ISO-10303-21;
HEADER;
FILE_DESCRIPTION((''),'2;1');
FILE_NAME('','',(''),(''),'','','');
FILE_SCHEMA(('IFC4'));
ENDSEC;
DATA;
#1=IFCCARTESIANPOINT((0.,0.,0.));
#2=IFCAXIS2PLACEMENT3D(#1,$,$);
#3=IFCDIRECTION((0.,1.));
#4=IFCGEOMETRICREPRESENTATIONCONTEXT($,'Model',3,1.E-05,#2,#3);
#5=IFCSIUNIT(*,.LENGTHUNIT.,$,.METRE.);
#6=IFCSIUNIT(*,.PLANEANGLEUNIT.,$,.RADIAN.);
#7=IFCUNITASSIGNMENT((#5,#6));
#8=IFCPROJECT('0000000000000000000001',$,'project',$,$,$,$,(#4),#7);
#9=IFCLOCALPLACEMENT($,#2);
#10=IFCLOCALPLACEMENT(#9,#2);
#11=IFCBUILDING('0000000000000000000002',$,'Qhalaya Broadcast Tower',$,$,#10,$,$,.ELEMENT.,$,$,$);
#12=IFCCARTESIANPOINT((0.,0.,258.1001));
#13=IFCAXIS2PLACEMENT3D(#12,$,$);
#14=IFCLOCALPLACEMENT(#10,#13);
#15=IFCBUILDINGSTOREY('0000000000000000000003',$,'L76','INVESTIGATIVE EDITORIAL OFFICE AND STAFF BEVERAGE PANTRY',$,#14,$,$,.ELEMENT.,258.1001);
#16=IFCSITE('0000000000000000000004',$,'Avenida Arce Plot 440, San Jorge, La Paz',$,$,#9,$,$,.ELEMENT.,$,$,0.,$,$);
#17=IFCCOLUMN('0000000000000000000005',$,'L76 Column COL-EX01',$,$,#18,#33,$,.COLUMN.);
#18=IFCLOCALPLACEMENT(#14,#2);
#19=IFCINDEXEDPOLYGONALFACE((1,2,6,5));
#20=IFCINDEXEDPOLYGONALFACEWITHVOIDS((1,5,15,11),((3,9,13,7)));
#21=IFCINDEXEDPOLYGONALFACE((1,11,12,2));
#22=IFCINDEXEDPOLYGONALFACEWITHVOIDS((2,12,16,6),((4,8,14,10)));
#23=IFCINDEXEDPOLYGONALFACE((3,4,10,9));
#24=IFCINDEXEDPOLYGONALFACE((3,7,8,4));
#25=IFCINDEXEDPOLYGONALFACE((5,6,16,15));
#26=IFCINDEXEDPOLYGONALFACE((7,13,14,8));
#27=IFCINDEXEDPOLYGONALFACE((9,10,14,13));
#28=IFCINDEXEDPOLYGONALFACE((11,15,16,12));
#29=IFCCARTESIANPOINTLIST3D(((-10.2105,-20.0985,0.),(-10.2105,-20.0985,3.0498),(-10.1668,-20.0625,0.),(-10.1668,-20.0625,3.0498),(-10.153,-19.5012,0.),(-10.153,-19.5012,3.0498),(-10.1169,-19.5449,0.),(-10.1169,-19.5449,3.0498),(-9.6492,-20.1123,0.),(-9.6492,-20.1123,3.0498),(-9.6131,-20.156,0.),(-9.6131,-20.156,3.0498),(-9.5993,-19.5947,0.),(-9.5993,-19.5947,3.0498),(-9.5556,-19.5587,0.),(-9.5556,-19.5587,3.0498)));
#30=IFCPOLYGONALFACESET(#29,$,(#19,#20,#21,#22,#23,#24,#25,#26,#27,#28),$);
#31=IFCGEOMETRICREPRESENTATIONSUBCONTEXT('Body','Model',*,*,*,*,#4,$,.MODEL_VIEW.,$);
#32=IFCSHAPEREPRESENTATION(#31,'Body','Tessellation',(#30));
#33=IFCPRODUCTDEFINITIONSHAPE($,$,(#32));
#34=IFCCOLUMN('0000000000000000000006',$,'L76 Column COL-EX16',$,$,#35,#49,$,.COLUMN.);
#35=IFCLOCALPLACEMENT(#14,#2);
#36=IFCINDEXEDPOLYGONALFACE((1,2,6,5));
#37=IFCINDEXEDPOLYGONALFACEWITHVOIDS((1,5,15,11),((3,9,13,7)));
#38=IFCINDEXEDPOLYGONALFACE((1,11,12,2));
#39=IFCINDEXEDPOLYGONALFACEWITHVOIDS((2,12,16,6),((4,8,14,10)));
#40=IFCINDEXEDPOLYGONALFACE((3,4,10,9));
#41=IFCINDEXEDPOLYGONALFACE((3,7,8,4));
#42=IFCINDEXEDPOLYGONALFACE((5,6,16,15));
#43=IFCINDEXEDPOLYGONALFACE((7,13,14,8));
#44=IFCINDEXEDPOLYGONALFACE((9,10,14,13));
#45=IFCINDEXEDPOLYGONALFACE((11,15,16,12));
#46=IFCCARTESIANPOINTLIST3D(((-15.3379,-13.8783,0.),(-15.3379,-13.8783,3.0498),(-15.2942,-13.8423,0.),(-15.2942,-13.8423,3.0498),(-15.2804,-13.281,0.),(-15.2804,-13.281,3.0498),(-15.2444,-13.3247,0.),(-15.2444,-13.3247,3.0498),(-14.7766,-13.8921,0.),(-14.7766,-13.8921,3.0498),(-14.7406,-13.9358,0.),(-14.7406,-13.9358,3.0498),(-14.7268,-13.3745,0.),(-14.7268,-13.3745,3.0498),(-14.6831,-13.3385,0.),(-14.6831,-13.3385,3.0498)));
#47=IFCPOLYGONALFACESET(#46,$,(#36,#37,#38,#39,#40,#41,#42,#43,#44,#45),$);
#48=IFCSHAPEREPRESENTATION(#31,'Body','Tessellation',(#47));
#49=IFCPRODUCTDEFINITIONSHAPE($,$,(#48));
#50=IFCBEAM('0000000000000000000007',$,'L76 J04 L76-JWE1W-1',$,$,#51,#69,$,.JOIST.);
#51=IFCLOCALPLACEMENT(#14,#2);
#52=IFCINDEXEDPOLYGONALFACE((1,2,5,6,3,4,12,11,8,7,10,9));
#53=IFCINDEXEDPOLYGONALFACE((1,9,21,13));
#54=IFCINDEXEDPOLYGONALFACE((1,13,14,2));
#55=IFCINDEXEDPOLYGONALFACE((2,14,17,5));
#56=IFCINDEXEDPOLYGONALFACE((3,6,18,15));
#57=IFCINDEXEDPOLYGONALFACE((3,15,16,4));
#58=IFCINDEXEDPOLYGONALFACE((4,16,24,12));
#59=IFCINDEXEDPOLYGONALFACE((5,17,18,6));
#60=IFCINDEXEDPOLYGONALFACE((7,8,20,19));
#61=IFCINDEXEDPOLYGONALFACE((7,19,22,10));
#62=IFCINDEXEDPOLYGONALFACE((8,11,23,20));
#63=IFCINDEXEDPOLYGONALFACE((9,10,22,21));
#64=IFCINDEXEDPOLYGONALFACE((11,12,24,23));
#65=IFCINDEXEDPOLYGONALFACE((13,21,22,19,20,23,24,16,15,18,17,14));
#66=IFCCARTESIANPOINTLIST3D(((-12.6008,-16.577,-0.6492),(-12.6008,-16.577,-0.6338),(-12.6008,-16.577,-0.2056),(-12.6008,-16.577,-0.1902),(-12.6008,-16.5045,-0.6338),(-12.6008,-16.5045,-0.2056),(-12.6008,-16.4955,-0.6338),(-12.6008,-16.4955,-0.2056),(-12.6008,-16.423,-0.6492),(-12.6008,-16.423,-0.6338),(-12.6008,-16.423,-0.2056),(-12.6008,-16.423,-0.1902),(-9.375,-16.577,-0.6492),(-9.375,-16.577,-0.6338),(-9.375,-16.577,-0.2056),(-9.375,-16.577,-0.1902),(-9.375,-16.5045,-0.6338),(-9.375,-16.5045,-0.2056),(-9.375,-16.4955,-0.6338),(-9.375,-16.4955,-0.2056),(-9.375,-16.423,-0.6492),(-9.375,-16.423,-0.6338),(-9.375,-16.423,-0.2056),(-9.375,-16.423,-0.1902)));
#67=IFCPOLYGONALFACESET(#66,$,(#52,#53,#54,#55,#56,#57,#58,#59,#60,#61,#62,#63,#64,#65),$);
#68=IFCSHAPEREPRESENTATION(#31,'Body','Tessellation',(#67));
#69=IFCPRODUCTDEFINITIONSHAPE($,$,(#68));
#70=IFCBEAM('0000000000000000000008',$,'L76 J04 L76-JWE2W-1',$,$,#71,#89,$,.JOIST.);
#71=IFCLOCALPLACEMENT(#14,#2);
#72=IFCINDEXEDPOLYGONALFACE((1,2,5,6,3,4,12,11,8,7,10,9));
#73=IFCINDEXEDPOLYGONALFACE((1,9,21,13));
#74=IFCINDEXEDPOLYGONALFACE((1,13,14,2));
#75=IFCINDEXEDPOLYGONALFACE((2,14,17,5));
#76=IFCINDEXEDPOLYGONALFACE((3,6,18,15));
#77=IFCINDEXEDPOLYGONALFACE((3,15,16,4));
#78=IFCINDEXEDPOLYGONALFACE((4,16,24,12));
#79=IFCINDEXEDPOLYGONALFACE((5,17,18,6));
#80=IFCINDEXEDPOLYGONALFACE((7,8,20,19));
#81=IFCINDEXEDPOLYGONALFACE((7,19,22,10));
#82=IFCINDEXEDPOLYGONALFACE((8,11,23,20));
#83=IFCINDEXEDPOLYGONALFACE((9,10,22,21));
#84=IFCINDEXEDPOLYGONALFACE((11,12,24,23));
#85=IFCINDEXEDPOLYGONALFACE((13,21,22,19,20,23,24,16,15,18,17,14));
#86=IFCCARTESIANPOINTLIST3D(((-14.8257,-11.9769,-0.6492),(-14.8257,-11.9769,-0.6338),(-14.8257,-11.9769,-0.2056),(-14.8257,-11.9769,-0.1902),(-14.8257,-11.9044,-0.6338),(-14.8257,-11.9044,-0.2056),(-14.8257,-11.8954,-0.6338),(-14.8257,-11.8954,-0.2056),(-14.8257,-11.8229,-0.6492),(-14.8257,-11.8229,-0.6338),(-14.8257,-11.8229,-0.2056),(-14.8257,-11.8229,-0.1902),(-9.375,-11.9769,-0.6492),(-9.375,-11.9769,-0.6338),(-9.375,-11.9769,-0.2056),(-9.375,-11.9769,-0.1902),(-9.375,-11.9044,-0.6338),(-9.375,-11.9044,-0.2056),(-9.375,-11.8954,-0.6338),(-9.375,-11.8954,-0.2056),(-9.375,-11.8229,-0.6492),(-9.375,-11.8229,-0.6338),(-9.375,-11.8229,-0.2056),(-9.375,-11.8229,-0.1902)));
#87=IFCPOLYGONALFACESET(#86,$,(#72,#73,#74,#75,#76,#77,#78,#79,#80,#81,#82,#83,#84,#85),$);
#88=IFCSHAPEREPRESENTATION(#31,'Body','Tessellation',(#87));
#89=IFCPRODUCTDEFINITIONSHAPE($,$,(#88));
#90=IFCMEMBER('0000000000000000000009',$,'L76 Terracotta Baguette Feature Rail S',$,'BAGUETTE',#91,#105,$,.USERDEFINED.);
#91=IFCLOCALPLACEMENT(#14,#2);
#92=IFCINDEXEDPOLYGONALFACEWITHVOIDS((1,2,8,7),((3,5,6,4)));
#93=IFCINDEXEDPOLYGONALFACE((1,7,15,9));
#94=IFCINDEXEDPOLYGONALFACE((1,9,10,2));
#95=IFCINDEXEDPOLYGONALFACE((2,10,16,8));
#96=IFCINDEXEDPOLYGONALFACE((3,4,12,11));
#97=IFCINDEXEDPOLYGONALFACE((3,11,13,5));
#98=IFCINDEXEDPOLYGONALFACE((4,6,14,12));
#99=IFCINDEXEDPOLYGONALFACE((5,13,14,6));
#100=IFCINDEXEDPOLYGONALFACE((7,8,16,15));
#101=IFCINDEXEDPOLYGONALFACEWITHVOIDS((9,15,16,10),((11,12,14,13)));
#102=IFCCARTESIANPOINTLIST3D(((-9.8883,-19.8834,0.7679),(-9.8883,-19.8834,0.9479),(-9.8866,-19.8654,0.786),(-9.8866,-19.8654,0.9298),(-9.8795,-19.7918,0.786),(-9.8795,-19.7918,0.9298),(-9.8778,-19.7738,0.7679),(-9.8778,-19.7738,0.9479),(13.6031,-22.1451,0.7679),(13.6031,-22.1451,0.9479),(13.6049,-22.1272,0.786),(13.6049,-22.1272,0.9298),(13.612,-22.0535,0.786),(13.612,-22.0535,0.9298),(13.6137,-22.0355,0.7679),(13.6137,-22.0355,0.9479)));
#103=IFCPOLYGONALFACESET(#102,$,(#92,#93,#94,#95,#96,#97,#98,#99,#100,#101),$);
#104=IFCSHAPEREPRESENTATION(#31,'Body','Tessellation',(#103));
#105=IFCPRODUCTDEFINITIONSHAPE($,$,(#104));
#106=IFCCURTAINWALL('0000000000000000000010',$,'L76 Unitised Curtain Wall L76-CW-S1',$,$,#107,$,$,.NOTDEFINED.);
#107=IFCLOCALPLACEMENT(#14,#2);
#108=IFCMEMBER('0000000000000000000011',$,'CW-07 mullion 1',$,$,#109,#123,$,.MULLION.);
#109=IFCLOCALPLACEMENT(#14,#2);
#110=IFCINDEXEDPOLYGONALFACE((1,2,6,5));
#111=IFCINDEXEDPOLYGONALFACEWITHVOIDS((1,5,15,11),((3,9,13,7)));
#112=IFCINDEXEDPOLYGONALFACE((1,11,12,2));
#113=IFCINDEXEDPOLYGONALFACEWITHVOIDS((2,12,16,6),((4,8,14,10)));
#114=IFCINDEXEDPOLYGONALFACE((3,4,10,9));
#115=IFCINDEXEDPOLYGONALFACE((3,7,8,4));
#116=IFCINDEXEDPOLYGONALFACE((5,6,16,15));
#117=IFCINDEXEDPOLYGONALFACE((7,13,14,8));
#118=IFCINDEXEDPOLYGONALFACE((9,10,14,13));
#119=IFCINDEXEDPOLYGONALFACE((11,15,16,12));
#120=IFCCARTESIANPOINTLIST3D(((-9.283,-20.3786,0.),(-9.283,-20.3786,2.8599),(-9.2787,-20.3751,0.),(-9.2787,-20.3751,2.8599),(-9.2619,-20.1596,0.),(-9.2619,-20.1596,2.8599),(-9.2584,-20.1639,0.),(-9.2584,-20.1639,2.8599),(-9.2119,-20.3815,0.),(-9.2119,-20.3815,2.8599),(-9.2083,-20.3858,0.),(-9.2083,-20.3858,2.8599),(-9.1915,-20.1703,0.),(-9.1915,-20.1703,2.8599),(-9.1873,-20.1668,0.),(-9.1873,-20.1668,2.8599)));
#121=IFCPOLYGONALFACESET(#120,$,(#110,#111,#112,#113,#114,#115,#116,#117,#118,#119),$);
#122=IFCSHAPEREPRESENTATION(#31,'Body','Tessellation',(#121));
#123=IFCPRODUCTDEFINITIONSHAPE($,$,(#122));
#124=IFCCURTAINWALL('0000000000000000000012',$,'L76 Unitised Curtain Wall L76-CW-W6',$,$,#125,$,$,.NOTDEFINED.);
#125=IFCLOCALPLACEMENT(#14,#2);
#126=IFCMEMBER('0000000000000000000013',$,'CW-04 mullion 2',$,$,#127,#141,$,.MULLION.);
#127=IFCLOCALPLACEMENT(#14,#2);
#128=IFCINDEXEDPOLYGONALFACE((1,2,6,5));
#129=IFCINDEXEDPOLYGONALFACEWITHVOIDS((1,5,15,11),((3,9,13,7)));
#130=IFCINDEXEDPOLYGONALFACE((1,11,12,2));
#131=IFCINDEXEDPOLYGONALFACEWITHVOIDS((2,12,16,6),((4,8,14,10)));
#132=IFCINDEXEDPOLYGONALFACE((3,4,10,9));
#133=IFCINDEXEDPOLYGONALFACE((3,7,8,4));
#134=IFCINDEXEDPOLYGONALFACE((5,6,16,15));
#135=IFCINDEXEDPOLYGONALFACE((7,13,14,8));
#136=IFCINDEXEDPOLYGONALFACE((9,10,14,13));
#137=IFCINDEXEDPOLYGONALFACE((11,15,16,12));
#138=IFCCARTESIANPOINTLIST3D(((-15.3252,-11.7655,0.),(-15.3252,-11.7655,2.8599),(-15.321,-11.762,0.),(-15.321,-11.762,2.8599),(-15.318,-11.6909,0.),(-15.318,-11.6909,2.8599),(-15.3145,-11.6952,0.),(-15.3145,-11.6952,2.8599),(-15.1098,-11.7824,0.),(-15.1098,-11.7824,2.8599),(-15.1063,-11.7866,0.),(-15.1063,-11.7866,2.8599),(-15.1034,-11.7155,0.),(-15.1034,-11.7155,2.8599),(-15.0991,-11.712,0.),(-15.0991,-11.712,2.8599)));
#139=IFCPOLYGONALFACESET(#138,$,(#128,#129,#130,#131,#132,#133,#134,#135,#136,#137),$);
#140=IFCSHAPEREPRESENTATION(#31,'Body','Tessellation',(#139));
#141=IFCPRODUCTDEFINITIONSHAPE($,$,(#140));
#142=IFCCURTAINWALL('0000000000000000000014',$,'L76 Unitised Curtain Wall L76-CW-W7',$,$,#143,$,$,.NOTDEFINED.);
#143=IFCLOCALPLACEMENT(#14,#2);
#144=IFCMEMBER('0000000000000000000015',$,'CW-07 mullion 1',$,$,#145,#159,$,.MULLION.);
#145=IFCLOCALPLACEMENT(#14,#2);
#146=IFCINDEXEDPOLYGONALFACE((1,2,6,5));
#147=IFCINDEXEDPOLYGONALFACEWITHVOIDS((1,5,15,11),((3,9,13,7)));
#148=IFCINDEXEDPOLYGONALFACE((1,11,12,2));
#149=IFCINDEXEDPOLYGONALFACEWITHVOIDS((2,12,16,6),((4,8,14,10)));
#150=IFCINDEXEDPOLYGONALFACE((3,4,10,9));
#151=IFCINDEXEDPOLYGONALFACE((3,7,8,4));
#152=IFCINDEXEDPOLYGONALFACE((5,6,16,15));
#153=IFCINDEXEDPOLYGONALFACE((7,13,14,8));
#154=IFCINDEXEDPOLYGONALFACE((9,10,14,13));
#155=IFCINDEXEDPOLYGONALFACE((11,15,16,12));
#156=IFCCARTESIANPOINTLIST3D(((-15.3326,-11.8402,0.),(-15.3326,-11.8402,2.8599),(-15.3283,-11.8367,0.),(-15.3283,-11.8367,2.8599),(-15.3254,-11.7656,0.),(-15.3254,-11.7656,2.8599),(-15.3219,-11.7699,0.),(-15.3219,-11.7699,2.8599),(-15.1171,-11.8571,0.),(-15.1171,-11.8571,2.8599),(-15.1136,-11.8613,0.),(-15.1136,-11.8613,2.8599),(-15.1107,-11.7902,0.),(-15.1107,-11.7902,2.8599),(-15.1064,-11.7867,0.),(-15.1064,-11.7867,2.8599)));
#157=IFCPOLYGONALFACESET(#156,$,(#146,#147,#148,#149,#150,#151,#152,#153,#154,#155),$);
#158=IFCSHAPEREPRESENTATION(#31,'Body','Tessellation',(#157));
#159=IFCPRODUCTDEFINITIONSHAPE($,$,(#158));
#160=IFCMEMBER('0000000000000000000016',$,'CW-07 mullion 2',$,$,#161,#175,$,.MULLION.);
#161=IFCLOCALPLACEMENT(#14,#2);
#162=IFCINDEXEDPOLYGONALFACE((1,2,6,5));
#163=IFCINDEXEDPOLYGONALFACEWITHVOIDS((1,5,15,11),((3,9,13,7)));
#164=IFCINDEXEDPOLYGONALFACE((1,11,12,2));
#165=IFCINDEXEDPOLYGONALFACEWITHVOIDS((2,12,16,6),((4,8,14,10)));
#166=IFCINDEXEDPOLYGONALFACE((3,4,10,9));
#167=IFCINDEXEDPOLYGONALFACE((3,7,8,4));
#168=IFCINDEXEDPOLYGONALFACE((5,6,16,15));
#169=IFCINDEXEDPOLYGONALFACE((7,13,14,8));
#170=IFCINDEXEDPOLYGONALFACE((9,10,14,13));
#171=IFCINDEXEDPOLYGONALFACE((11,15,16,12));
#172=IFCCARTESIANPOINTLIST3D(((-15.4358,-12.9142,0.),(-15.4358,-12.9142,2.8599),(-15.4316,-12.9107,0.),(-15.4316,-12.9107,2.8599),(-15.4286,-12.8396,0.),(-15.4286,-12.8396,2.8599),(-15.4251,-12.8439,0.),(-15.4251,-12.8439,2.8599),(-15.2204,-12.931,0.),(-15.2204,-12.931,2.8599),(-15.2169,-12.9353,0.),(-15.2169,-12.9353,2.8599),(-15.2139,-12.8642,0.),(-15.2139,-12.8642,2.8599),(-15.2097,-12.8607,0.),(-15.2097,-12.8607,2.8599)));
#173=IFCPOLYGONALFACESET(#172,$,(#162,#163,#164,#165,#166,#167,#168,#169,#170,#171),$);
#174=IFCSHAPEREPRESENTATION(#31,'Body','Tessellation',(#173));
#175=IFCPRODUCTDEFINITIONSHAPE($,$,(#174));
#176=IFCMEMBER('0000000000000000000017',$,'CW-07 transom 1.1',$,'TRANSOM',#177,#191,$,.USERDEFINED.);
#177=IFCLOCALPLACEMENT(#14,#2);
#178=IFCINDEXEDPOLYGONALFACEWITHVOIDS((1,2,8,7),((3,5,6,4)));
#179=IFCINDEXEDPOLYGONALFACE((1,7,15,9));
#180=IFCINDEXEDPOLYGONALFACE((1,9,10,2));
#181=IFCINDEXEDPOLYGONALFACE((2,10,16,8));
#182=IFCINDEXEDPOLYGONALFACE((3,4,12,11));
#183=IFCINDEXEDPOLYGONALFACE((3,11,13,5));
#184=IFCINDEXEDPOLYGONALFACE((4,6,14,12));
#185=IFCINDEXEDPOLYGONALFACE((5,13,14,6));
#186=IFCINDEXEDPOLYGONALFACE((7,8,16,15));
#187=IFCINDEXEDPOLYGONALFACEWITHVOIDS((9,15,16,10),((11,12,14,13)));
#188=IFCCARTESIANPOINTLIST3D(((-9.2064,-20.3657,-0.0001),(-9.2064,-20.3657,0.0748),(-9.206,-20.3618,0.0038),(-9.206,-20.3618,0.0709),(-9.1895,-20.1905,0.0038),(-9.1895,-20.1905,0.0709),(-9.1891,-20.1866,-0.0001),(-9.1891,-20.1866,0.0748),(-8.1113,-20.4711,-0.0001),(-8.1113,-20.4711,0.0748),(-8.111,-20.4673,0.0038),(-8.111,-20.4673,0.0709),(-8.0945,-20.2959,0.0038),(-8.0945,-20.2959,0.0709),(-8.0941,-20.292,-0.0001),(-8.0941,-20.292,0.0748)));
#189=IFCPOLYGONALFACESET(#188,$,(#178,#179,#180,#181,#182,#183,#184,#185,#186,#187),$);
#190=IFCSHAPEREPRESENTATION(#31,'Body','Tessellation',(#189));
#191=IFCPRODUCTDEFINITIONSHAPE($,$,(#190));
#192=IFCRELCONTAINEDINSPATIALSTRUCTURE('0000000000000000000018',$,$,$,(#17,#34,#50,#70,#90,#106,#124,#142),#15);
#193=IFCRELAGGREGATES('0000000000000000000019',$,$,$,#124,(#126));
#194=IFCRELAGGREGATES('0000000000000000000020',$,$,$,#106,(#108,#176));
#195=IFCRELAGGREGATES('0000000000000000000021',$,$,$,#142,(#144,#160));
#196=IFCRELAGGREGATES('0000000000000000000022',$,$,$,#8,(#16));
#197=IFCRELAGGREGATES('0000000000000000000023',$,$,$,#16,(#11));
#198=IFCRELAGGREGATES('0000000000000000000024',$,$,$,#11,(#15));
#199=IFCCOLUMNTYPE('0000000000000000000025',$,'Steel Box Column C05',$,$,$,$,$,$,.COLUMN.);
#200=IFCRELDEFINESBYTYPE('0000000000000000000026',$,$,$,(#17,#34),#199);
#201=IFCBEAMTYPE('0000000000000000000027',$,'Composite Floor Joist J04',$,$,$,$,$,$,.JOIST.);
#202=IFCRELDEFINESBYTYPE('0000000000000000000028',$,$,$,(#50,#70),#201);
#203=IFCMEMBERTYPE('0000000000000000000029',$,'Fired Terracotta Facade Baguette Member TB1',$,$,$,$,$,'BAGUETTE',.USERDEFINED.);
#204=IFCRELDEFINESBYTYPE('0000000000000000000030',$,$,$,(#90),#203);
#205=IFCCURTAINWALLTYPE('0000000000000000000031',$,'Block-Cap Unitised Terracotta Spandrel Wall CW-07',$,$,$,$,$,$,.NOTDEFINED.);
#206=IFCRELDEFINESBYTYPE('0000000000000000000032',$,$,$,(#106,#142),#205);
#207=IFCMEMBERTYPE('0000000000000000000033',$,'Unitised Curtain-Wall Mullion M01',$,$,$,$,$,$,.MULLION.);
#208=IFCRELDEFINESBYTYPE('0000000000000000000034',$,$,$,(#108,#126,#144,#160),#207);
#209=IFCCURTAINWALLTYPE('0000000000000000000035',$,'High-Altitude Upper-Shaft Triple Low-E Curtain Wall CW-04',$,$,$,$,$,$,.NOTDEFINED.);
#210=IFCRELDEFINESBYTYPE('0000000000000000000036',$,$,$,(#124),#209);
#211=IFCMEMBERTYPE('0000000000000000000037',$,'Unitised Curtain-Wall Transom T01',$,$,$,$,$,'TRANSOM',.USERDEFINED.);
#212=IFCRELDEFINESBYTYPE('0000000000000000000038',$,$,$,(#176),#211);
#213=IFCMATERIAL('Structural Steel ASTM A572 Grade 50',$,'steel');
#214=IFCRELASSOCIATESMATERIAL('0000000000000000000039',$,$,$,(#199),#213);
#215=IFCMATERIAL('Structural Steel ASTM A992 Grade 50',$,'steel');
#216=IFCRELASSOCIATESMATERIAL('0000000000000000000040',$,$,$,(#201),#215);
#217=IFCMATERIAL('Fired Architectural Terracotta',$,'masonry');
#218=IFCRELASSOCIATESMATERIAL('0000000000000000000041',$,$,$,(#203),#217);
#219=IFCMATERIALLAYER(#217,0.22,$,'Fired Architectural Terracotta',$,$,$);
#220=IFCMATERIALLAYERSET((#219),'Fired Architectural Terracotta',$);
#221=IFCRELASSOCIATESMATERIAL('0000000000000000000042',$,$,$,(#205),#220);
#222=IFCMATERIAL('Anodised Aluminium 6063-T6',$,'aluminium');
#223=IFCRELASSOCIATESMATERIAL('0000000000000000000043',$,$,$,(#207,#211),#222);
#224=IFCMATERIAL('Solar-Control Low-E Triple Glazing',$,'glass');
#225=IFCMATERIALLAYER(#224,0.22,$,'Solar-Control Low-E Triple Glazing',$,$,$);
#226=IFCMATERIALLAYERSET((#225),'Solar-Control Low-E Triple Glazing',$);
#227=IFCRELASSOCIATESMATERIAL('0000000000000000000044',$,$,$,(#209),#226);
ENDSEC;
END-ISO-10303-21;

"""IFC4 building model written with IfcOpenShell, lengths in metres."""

from ifc_helpers import new_model, si_unit, direction, frame, origin, origin_2d, place, context, subcontext, project, spatial, hollow_rectangle, i_section, extrude, material, layer, layer_set, material_profile, profile_set, type_object, element, aggregate, save


model = new_model("IFC4")

# Units and contexts
model_context = context("Model", 3, precision=1e-05, world=origin(), true_north=direction((0.0, 1.0)))
body_context = subcontext(model_context, "Body", "Model", "MODEL_VIEW")
ifc_project = project(units=[si_unit("LENGTHUNIT", "METRE"), si_unit("PLANEANGLEUNIT", "RADIAN")], contexts=[model_context])

# Site, building, storey
site_placement = place(None, origin())
site = spatial("IfcSite", under=ifc_project, at=site_placement, Name="Avenida Arce Plot 440, San Jorge, La Paz", CompositionType="ELEMENT", RefElevation=0.0)
building_placement = place(site_placement, origin())
building = spatial("IfcBuilding", under=site, at=building_placement, Name="Qhalaya Broadcast Tower", CompositionType="ELEMENT")
storey_placement = place(building_placement, frame((0.0, 0.0, 258.1001)))
storey = spatial("IfcBuildingStorey", under=building, at=storey_placement, Name="L76", Description="INVESTIGATIVE EDITORIAL OFFICE AND STAFF BEVERAGE PANTRY", CompositionType="ELEMENT", Elevation=258.1001)

# Columns
ifc_material_1 = material(Name="Structural Steel ASTM A572 Grade 50", Category="steel")
ifc_material_profile_1 = material_profile(ifc_material_1, hollow_rectangle(XDim=0.6001, YDim=0.6001, WallThickness=0.04, at=origin_2d()), Name="BOX 600x600x40")
ifc_profile_set_1 = profile_set([ifc_material_profile_1], Name="Structural Steel ASTM A572 Grade 50")
column_type = type_object("IfcColumnType", Name="Steel Box Column C05", PredefinedType="COLUMN", material=ifc_profile_set_1)
for number, where, z_axis, x_axis, name in (
    (1, (-9.8831, -19.8286, 0.0), (0.0, 0.0, 1.0), (0.995396, -0.095846, 0.0), "L76 Column COL-EX01"),
    (2, (-15.0105, -13.6084, 0.0), (0.0, 0.0, 1.0), (0.095846, 0.995396, 0.0), "L76 Column COL-EX16"),
):
    element("IfcColumn", number, at=place(storey_placement, frame(where, z_axis=z_axis, x_axis=x_axis)), inside=storey, type_object=column_type, Name=name, PredefinedType="COLUMN", context=body_context, shape_type="SweptSolid", body=[
        extrude(hollow_rectangle(XDim=0.6001, YDim=0.6001, WallThickness=0.04, at=origin_2d()), origin(), (0.0, 0.0, 1.0), 3.0498),
    ])

# Beams
ifc_material_2 = material(Name="Structural Steel ASTM A992 Grade 50", Category="steel")
ifc_material_profile_2 = material_profile(ifc_material_2, i_section(OverallWidth=0.1541, OverallDepth=0.459, WebThickness=0.009, FlangeThickness=0.0154, at=origin_2d()), Name="W18X46")
ifc_profile_set_2 = profile_set([ifc_material_profile_2], Name="Structural Steel ASTM A992 Grade 50")
beam_type_1 = type_object("IfcBeamType", Name="Composite Floor Joist J04", PredefinedType="JOIST", material=ifc_profile_set_2)
beam_1_placement = place(storey_placement, frame((-12.6008, -16.5, -0.4197), z_axis=(1.0, 0.0, 0.0), x_axis=(0.0, 1.0, 0.0)))
element("IfcBeam", 3, at=beam_1_placement, inside=storey, type_object=beam_type_1, Name="L76 J04 L76-JWE1W-1", PredefinedType="JOIST", context=body_context, shape_type="SweptSolid", body=[
    extrude(i_section(OverallWidth=0.1541, OverallDepth=0.459, WebThickness=0.009, FlangeThickness=0.0154, at=origin_2d()), origin(), (0.0, 0.0, 1.0), 3.2258),
])
beam_2_placement = place(storey_placement, frame((-14.8257, -11.8999, -0.4197), z_axis=(1.0, 0.0, 0.0), x_axis=(0.0, 1.0, 0.0)))
element("IfcBeam", 4, at=beam_2_placement, inside=storey, type_object=beam_type_1, Name="L76 J04 L76-JWE2W-1", PredefinedType="JOIST", context=body_context, shape_type="SweptSolid", body=[
    extrude(i_section(OverallWidth=0.1541, OverallDepth=0.459, WebThickness=0.009, FlangeThickness=0.0154, at=origin_2d()), origin(), (0.0, 0.0, 1.0), 5.4507),
])

# Member
ifc_material_3 = material(Name="Fired Architectural Terracotta", Category="masonry")
ifc_material_profile_3 = material_profile(ifc_material_3, hollow_rectangle(XDim=0.1101, YDim=0.1799, WallThickness=0.0181, at=origin_2d()), Name="TB-BAG 110x180x18")
ifc_profile_set_3 = profile_set([ifc_material_profile_3], Name="Fired Architectural Terracotta")
member_type_1 = type_object("IfcMemberType", Name="Fired Terracotta Facade Baguette Member TB1", ElementType="BAGUETTE", PredefinedType="USERDEFINED", material=ifc_profile_set_3)
member_1_placement = place(storey_placement, frame((-9.8831, -19.8286, 0.8579), z_axis=(0.995397, -0.095835, 0.0), x_axis=(0.095835, 0.995397, 0.0)))
element("IfcMember", 5, at=member_1_placement, inside=storey, type_object=member_type_1, Name="L76 Terracotta Baguette Feature Rail S", ObjectType="BAGUETTE", PredefinedType="USERDEFINED", context=body_context, shape_type="SweptSolid", body=[
    extrude(hollow_rectangle(XDim=0.1101, YDim=0.1799, WallThickness=0.0181, at=origin_2d()), origin(), (0.0, 0.0, 1.0), 23.6001),
])

# Curtain walls, members
ifc_layer_1 = layer(ifc_material_3, 0.22, Name="Fired Architectural Terracotta")
ifc_layer_set_1 = layer_set([ifc_layer_1], Name="Fired Architectural Terracotta")
curtain_wall_type_1 = type_object("IfcCurtainWallType", Name="Block-Cap Unitised Terracotta Spandrel Wall CW-07", PredefinedType="NOTDEFINED", material=ifc_layer_set_1)
curtain_wall_1_placement = place(storey_placement, origin())
curtain_wall_1 = element("IfcCurtainWall", 6, at=curtain_wall_1_placement, inside=storey, type_object=curtain_wall_type_1, Name="L76 Unitised Curtain Wall L76-CW-S1", PredefinedType="NOTDEFINED")
ifc_material_4 = material(Name="Anodised Aluminium 6063-T6", Category="aluminium")
ifc_material_profile_4 = material_profile(ifc_material_4, hollow_rectangle(XDim=0.075, YDim=0.22, WallThickness=0.0039, at=origin_2d()), Name="ALU-MUL 75x220x4")
ifc_profile_set_4 = profile_set([ifc_material_profile_4], Name="Anodised Aluminium 6063-T6")
member_type_2 = type_object("IfcMemberType", Name="Unitised Curtain-Wall Mullion M01", PredefinedType="MULLION", material=ifc_profile_set_4)
member_2_placement = place(storey_placement, frame((-9.2351, -20.2727, 0.0), z_axis=(0.0, 0.0, 1.0), x_axis=(0.995396, -0.095844, 0.0)))
member_2 = element("IfcMember", 7, at=member_2_placement, type_object=member_type_2, Name="CW-07 mullion 1", PredefinedType="MULLION", context=body_context, shape_type="SweptSolid", body=[
    extrude(hollow_rectangle(XDim=0.075, YDim=0.22, WallThickness=0.0039, at=origin_2d()), origin(), (0.0, 0.0, 1.0), 2.8599),
])
ifc_material_5 = material(Name="Solar-Control Low-E Triple Glazing", Category="glass")
ifc_layer_2 = layer(ifc_material_5, 0.22, Name="Solar-Control Low-E Triple Glazing")
ifc_layer_set_2 = layer_set([ifc_layer_2], Name="Solar-Control Low-E Triple Glazing")
curtain_wall_type_2 = type_object("IfcCurtainWallType", Name="High-Altitude Upper-Shaft Triple Low-E Curtain Wall CW-04", PredefinedType="NOTDEFINED", material=ifc_layer_set_2)
curtain_wall_2_placement = place(storey_placement, origin())
curtain_wall_2 = element("IfcCurtainWall", 8, at=curtain_wall_2_placement, inside=storey, type_object=curtain_wall_type_2, Name="L76 Unitised Curtain Wall L76-CW-W6", PredefinedType="NOTDEFINED")
member_3_placement = place(storey_placement, frame((-15.2122, -11.7388, 0.0), z_axis=(0.0, 0.0, 1.0), x_axis=(-0.095839, -0.995397, 0.0)))
member_3 = element("IfcMember", 9, at=member_3_placement, type_object=member_type_2, Name="CW-04 mullion 2", PredefinedType="MULLION", context=body_context, shape_type="SweptSolid", body=[
    extrude(hollow_rectangle(XDim=0.075, YDim=0.22, WallThickness=0.0039, at=origin_2d()), origin(), (0.0, 0.0, 1.0), 2.8599),
])
aggregate(curtain_wall_2, [member_3])

# Curtain wall, members
curtain_wall_3_placement = place(storey_placement, origin())
curtain_wall_3 = element("IfcCurtainWall", 10, at=curtain_wall_3_placement, inside=storey, type_object=curtain_wall_type_1, Name="L76 Unitised Curtain Wall L76-CW-W7", PredefinedType="NOTDEFINED")
member_4_placement = place(storey_placement, frame((-15.2195, -11.8135, 0.0), z_axis=(0.0, 0.0, 1.0), x_axis=(-0.09584, -0.995397, 0.0)))
member_4 = element("IfcMember", 11, at=member_4_placement, type_object=member_type_2, Name="CW-07 mullion 1", PredefinedType="MULLION", context=body_context, shape_type="SweptSolid", body=[
    extrude(hollow_rectangle(XDim=0.075, YDim=0.22, WallThickness=0.0039, at=origin_2d()), origin(), (0.0, 0.0, 1.0), 2.8599),
])
member_5_placement = place(storey_placement, frame((-15.3228, -12.8875, 0.0), z_axis=(0.0, 0.0, 1.0), x_axis=(-0.09584, -0.995397, 0.0)))
member_5 = element("IfcMember", 12, at=member_5_placement, type_object=member_type_2, Name="CW-07 mullion 2", PredefinedType="MULLION", context=body_context, shape_type="SweptSolid", body=[
    extrude(hollow_rectangle(XDim=0.075, YDim=0.22, WallThickness=0.0039, at=origin_2d()), origin(), (0.0, 0.0, 1.0), 2.8599),
])

# Member
ifc_material_profile_5 = material_profile(ifc_material_4, hollow_rectangle(XDim=0.075, YDim=0.1799, WallThickness=0.0039, at=origin_2d()), Name="ALU-TRN 75x180x4")
ifc_profile_set_5 = profile_set([ifc_material_profile_5], Name="Anodised Aluminium 6063-T6")
member_type_3 = type_object("IfcMemberType", Name="Unitised Curtain-Wall Transom T01", ElementType="TRANSOM", PredefinedType="USERDEFINED", material=ifc_profile_set_5)
member_6_placement = place(storey_placement, frame((-9.1978, -20.2761, 0.0374), z_axis=(0.995393, -0.095877, 0.0), x_axis=(0.0, 0.0, 1.0)))
member_6 = element("IfcMember", 13, at=member_6_placement, type_object=member_type_3, Name="CW-07 transom 1.1", ObjectType="TRANSOM", PredefinedType="USERDEFINED", context=body_context, shape_type="SweptSolid", body=[
    extrude(hollow_rectangle(XDim=0.075, YDim=0.1799, WallThickness=0.0039, at=origin_2d()), origin(), (0.0, 0.0, 1.0), 1.1001),
])
aggregate(curtain_wall_1, [member_2, member_6])

aggregate(curtain_wall_3, [member_4, member_5])

save(model, "model.ifc")
